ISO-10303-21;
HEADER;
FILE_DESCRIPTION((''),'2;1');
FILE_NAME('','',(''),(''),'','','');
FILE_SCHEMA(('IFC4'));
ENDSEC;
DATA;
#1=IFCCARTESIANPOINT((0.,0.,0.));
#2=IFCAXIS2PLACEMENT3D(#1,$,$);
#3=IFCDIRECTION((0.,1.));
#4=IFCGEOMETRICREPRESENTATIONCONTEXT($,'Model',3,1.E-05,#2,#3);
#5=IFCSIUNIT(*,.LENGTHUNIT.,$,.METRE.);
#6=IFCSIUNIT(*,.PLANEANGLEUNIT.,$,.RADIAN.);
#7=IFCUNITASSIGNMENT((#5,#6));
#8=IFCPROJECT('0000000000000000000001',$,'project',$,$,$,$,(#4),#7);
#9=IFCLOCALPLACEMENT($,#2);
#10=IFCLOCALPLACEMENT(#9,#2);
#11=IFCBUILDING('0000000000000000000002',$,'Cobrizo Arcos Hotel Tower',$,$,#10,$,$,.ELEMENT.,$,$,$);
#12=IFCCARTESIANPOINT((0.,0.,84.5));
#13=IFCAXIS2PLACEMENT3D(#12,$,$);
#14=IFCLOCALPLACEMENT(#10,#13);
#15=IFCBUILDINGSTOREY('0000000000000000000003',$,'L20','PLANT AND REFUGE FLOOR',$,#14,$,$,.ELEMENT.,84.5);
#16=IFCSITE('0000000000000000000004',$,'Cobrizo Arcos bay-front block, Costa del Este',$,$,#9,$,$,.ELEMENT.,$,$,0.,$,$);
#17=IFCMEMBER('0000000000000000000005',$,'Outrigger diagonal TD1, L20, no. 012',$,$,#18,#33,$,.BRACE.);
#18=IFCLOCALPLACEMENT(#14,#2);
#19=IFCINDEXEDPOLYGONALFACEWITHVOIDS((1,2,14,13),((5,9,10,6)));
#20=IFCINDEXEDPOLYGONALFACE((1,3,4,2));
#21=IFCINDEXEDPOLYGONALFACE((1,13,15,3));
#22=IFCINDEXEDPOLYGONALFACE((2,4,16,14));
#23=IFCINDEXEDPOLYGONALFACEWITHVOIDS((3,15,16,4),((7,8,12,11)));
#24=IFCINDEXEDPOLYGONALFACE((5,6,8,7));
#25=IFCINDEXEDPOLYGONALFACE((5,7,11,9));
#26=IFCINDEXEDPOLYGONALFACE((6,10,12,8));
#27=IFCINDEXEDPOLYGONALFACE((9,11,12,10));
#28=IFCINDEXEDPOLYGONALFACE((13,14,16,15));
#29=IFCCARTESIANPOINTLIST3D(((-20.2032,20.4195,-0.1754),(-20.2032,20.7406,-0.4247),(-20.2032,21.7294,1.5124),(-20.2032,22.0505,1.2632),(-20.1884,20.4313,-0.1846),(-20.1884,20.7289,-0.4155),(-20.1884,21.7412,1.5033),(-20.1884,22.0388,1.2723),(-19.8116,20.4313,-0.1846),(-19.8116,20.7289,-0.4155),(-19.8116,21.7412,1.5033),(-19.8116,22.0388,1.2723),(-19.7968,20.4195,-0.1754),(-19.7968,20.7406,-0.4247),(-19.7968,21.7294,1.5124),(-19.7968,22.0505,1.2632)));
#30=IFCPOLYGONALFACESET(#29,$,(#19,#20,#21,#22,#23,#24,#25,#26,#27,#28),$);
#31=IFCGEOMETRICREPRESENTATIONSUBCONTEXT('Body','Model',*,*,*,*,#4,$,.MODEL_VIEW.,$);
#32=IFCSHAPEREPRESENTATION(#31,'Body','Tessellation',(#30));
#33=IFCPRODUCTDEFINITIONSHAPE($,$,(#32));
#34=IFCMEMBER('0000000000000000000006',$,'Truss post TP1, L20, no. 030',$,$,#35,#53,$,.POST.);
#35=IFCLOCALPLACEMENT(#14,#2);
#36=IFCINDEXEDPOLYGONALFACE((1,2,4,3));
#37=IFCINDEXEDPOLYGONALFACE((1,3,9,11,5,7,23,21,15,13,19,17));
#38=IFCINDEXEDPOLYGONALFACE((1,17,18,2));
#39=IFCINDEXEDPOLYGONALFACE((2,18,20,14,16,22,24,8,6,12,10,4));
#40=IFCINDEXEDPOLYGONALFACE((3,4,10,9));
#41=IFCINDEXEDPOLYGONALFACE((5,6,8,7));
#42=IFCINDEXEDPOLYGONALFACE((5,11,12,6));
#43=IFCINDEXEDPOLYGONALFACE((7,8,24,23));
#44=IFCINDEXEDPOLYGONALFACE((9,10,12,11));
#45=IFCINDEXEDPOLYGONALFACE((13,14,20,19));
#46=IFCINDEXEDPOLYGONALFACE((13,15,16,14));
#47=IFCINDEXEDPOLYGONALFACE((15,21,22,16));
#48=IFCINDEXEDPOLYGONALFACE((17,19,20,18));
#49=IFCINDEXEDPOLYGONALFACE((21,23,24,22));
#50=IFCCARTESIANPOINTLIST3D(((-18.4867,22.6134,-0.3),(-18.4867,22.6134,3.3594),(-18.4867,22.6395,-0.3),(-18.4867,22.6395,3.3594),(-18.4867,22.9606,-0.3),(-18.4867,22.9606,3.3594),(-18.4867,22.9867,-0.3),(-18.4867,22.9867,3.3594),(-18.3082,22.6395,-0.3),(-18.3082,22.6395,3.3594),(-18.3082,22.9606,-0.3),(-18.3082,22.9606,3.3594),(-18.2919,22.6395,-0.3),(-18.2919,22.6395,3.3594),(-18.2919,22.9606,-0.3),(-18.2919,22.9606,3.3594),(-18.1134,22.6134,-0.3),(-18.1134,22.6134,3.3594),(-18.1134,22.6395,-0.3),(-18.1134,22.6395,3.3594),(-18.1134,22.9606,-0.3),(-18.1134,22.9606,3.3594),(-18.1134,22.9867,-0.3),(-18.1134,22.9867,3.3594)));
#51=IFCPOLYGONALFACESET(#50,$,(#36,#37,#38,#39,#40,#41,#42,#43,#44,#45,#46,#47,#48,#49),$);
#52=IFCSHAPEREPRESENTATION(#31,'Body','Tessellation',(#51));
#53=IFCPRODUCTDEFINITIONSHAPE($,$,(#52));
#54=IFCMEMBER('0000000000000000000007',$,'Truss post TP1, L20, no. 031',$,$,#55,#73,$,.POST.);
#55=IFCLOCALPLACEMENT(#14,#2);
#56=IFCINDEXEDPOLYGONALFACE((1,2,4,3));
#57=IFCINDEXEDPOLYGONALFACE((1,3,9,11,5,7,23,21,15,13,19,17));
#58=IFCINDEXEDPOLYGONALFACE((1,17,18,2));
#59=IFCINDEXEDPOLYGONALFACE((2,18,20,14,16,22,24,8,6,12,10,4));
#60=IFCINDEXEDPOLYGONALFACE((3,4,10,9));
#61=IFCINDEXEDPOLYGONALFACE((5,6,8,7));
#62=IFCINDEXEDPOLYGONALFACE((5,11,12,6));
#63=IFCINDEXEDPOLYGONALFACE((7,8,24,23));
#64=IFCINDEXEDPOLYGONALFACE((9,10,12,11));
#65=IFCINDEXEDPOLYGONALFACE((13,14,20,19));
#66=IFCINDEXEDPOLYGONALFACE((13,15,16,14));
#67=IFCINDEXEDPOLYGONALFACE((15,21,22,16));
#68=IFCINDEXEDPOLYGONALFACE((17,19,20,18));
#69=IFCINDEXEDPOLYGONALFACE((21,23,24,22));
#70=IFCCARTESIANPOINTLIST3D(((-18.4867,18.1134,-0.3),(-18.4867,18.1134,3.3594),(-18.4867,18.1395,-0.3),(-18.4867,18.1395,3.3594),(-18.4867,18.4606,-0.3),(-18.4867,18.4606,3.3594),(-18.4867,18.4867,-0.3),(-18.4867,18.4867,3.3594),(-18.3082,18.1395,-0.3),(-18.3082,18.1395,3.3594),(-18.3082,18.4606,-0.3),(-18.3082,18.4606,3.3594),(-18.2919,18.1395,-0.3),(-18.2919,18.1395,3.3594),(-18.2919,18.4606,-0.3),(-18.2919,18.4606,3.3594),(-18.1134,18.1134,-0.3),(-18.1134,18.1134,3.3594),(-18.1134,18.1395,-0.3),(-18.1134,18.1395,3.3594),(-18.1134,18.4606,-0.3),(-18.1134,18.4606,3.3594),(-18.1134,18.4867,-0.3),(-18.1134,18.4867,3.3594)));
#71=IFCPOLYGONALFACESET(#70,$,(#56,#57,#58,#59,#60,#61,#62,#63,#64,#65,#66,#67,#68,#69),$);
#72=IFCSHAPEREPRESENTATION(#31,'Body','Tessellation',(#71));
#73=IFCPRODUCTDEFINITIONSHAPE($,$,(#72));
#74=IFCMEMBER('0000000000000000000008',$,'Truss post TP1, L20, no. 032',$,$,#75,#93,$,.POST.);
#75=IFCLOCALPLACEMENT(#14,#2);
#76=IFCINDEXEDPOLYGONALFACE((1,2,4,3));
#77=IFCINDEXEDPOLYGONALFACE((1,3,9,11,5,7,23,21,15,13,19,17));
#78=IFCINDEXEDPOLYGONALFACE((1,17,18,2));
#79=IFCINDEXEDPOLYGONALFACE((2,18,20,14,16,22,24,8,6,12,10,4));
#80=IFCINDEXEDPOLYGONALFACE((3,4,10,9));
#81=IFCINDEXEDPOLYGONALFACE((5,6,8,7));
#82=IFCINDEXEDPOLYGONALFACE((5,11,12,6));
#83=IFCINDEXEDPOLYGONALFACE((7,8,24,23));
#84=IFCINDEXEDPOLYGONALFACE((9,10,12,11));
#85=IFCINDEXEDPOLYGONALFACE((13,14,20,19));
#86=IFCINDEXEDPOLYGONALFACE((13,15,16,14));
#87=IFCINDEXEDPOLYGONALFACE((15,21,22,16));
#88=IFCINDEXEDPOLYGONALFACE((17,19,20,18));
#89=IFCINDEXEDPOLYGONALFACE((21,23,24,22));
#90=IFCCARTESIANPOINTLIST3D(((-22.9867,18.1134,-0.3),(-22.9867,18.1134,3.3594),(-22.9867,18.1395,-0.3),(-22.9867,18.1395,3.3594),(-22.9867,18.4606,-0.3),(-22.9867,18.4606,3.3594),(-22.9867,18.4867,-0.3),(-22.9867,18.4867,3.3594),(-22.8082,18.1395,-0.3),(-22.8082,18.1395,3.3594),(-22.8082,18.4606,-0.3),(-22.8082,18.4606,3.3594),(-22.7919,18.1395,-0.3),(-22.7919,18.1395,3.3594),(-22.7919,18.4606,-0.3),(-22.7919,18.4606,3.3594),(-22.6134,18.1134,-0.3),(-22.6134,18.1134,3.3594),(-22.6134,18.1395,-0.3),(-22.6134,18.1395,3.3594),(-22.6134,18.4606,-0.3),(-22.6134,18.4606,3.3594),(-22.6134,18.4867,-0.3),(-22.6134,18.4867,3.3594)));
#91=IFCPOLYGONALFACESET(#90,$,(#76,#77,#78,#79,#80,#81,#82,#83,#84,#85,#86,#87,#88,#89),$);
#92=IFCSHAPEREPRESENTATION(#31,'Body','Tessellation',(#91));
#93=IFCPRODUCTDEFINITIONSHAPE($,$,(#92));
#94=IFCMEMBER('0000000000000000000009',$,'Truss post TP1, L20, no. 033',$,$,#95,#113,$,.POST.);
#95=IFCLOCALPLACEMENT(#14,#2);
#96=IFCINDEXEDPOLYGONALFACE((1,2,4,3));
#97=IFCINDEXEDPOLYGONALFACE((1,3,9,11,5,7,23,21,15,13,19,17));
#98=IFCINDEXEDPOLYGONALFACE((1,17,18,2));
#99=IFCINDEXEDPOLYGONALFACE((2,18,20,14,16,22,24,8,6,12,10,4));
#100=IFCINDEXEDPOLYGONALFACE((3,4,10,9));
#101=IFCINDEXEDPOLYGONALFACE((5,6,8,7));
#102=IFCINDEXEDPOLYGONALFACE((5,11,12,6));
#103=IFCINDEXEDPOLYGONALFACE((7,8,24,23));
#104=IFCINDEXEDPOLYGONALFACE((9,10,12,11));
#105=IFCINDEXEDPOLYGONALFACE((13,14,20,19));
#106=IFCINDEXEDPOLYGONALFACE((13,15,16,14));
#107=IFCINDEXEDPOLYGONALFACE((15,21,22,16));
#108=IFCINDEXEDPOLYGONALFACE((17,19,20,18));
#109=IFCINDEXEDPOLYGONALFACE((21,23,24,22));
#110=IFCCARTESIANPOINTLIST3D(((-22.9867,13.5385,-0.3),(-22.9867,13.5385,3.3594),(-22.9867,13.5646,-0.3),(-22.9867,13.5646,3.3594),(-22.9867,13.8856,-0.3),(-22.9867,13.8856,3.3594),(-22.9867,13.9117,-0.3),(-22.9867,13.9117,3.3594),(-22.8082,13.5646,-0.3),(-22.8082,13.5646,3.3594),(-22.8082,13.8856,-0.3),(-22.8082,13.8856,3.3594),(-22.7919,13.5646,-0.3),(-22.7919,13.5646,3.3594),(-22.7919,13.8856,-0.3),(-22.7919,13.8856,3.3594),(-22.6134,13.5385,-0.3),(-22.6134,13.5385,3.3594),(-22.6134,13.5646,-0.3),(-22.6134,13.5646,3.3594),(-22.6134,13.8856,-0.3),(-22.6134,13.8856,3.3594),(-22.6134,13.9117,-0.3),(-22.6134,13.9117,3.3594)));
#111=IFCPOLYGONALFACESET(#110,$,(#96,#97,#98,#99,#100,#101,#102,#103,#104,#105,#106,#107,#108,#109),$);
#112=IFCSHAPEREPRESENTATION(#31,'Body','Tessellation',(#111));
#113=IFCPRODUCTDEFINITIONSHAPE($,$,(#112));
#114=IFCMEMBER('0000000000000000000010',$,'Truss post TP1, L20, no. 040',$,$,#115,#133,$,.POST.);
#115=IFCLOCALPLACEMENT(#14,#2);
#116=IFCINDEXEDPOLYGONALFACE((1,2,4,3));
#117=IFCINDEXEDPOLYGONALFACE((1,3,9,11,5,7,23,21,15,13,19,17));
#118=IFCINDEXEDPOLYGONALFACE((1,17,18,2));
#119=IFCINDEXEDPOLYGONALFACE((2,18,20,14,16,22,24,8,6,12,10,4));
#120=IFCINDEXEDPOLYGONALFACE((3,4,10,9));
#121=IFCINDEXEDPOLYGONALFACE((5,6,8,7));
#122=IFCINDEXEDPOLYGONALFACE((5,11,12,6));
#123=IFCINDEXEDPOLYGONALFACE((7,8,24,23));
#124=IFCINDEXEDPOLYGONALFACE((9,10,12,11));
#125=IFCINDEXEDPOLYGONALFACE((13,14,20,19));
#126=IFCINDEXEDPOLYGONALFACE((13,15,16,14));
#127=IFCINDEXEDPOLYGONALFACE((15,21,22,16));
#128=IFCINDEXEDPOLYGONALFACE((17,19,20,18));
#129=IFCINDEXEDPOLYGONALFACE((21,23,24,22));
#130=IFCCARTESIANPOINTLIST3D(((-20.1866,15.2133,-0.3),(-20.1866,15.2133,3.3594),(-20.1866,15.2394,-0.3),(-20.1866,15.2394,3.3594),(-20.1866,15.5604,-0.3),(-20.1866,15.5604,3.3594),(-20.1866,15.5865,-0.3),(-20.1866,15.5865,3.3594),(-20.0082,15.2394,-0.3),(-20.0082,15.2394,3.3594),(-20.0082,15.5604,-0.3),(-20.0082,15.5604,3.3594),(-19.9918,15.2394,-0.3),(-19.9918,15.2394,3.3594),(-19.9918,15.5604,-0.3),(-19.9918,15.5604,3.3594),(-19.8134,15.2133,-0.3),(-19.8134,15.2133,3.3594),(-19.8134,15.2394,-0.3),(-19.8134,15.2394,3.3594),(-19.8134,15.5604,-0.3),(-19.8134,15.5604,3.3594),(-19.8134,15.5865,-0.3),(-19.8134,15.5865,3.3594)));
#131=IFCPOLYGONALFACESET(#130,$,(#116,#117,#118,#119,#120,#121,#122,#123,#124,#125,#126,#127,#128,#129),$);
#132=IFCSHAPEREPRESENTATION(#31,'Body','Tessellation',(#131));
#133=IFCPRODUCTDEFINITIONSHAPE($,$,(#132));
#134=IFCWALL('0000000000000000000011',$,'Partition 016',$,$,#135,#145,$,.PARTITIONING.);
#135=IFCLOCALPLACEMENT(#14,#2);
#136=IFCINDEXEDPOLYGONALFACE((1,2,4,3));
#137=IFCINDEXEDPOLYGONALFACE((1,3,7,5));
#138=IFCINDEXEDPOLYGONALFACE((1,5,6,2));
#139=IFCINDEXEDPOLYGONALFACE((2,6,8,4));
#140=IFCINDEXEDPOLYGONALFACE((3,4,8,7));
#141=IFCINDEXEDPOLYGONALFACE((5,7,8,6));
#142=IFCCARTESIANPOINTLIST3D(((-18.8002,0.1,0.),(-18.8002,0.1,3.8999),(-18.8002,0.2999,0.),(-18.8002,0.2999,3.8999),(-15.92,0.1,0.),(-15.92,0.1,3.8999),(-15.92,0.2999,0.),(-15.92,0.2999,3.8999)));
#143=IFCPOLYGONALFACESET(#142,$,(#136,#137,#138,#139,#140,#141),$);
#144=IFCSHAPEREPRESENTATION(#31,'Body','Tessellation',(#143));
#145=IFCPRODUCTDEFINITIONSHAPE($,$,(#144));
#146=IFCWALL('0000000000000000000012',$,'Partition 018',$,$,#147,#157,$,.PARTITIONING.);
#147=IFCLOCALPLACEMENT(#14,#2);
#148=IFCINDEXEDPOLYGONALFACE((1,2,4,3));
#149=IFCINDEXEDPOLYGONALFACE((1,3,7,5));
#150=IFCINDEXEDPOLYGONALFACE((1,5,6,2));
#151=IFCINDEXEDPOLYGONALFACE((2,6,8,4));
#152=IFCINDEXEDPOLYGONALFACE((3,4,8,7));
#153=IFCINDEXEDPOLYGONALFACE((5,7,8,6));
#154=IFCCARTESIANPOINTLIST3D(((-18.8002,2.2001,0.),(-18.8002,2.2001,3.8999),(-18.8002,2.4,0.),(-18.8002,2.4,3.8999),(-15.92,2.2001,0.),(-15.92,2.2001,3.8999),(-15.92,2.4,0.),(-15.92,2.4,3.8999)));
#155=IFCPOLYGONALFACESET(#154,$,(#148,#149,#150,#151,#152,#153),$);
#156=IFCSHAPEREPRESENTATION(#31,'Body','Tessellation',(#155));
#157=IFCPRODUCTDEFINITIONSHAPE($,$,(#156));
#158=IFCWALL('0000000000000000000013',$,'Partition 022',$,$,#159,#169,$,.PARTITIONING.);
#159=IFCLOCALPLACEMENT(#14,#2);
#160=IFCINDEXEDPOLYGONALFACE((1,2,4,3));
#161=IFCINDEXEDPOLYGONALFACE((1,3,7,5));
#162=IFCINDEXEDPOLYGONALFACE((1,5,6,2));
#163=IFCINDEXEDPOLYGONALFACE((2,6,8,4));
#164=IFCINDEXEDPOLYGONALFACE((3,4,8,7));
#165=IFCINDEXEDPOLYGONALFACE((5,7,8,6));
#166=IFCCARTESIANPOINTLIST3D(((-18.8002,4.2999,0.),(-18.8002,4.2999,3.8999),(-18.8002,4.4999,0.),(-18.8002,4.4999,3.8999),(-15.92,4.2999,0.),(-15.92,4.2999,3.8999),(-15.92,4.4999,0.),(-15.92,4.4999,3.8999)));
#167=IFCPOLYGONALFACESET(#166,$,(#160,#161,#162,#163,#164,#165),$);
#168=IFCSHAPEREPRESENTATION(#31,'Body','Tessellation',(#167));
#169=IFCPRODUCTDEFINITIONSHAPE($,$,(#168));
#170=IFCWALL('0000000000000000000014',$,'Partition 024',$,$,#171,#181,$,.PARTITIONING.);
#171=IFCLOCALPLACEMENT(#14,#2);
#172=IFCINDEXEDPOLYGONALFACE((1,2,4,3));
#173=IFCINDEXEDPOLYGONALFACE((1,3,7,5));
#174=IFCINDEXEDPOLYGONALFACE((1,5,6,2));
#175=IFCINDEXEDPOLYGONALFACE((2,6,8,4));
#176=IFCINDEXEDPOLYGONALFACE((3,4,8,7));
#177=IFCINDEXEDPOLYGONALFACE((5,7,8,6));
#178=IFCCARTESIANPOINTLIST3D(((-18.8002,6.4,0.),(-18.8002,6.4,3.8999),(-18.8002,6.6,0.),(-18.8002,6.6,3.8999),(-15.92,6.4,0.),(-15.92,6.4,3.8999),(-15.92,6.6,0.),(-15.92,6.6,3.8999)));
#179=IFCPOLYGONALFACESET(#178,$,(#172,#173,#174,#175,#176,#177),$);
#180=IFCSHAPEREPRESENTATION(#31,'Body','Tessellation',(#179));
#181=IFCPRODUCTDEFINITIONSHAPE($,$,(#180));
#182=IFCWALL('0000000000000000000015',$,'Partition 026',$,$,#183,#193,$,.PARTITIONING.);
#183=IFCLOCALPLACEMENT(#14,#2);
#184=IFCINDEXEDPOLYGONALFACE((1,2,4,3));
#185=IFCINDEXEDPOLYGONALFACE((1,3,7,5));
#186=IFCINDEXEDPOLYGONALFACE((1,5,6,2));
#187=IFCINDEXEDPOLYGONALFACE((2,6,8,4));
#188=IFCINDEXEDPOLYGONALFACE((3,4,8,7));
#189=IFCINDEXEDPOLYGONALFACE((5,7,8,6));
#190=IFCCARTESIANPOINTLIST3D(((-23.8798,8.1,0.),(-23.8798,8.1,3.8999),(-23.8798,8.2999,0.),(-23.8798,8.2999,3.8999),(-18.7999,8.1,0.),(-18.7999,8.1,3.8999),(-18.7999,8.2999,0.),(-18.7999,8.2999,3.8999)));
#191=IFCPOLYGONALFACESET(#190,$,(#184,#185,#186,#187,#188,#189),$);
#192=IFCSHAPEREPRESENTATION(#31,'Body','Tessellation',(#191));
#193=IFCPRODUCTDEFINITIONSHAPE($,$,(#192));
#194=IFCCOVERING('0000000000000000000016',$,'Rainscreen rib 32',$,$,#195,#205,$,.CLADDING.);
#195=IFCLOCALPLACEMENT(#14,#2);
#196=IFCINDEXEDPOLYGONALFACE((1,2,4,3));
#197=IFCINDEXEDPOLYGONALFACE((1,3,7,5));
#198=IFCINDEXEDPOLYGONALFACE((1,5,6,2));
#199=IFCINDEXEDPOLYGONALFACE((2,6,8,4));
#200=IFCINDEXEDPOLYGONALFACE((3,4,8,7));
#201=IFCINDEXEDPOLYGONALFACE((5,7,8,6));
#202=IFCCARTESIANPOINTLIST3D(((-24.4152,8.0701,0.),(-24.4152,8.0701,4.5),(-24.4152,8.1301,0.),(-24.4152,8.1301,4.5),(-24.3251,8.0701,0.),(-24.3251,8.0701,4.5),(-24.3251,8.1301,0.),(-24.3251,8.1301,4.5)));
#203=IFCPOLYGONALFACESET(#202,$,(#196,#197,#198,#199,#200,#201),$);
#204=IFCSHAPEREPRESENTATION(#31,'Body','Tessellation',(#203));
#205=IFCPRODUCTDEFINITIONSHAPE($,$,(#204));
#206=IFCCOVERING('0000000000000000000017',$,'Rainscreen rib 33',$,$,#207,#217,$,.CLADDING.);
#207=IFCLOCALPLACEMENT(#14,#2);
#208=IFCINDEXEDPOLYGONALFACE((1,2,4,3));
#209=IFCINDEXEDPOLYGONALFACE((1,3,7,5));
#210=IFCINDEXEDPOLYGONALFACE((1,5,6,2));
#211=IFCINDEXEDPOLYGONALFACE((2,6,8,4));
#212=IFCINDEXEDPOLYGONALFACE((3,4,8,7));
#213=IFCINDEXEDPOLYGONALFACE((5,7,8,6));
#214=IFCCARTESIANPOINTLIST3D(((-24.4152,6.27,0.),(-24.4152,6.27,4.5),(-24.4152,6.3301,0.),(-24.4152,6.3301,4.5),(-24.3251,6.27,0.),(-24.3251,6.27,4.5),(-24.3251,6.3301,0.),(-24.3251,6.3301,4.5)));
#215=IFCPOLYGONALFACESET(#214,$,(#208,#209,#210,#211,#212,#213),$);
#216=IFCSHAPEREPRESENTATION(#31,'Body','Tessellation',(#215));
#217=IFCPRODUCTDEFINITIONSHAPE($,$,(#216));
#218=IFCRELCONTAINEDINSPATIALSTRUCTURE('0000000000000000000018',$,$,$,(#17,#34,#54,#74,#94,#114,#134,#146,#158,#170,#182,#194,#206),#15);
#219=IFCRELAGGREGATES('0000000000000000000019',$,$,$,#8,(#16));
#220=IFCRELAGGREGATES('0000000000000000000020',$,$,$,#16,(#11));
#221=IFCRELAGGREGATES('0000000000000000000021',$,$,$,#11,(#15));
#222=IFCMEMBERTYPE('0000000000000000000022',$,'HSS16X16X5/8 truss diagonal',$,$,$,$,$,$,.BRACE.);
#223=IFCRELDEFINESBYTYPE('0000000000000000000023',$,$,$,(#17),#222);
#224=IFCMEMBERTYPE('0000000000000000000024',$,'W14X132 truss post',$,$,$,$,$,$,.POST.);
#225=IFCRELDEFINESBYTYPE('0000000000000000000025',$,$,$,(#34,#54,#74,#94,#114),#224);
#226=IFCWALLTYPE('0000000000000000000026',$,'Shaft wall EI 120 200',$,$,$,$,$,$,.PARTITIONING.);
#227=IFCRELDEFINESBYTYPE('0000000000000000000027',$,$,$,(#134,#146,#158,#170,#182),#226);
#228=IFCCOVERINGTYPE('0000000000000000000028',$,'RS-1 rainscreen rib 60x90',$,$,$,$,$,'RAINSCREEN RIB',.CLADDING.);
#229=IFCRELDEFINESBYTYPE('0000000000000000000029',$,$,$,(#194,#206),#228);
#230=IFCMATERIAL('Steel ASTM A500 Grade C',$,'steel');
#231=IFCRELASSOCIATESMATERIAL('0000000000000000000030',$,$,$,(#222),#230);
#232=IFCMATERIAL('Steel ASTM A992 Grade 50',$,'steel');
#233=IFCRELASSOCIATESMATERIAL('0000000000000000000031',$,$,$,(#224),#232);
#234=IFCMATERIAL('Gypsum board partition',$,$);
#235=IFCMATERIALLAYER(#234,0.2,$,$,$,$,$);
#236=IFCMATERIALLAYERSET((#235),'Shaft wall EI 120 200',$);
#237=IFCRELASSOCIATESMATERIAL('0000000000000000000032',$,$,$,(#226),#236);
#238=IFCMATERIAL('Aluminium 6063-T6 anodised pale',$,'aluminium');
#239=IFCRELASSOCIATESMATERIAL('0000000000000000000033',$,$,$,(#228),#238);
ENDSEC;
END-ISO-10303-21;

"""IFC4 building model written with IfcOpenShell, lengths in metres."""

from ifc_helpers import new_model, si_unit, direction, frame, frame_2d, origin, origin_2d, place, context, subcontext, project, spatial, rectangle, hollow_rectangle, i_section, extrude, material, layer, layer_set, material_profile, profile_set, type_object, element, save


model = new_model("IFC4")

# Units and contexts
model_context = context("Model", 3, precision=1e-05, world=origin(), true_north=direction((0.0, 1.0)))
body_context = subcontext(model_context, "Body", "Model", "MODEL_VIEW")
ifc_project = project(units=[si_unit("LENGTHUNIT", "METRE"), si_unit("PLANEANGLEUNIT", "RADIAN")], contexts=[model_context])

# Site, building, storey
site_placement = place(None, origin())
site = spatial("IfcSite", under=ifc_project, at=site_placement, Name="Cobrizo Arcos bay-front block, Costa del Este", CompositionType="ELEMENT", RefElevation=0.0)
building_placement = place(site_placement, origin())
building = spatial("IfcBuilding", under=site, at=building_placement, Name="Cobrizo Arcos Hotel Tower", CompositionType="ELEMENT")
storey_placement = place(building_placement, frame((0.0, 0.0, 84.5)))
storey = spatial("IfcBuildingStorey", under=building, at=storey_placement, Name="L20", Description="PLANT AND REFUGE FLOOR", CompositionType="ELEMENT", Elevation=84.5)

# Members
ifc_material_1 = material(Name="Steel ASTM A500 Grade C", Category="steel")
ifc_material_profile_1 = material_profile(ifc_material_1, hollow_rectangle(XDim=0.4065, YDim=0.4065, WallThickness=0.0149, at=origin_2d()), Name="HSS16X16X5/8")
ifc_profile_set_1 = profile_set([ifc_material_profile_1], Name="Steel ASTM A500 Grade C")
member_type_1 = type_object("IfcMemberType", Name="HSS16X16X5/8 truss diagonal", PredefinedType="BRACE", material=ifc_profile_set_1)
member_1_placement = place(storey_placement, frame((-20.0, 20.5801, -0.3), z_axis=(0.0, 0.613102, 0.790004), x_axis=(-1.0, 0.0, 0.0)))
element("IfcMember", 1, at=member_1_placement, inside=storey, type_object=member_type_1, Name="Outrigger diagonal TD1, L20, no. 012", PredefinedType="BRACE", context=body_context, shape_type="SweptSolid", body=[
    extrude(hollow_rectangle(XDim=0.4065, YDim=0.4065, WallThickness=0.0149, at=origin_2d()), origin(), (0.0, 0.0, 1.0), 2.1365),
])
ifc_material_2 = material(Name="Steel ASTM A992 Grade 50", Category="steel")
ifc_material_profile_2 = material_profile(ifc_material_2, i_section(OverallWidth=0.3733, OverallDepth=0.3733, WebThickness=0.0164, FlangeThickness=0.0261, at=origin_2d()), Name="W14X132")
ifc_profile_set_2 = profile_set([ifc_material_profile_2], Name="Steel ASTM A992 Grade 50")
member_type_2 = type_object("IfcMemberType", Name="W14X132 truss post", PredefinedType="POST", material=ifc_profile_set_2)
for number, where, z_axis, x_axis, name in (
    (2, (-18.3, 22.8, -0.3), (0.0, 0.0, 1.0), (1.0, 0.0, 0.0), "Truss post TP1, L20, no. 030"),
    (3, (-18.3, 18.3, -0.3), (0.0, 0.0, 1.0), (1.0, 0.0, 0.0), "Truss post TP1, L20, no. 031"),
    (4, (-22.8, 18.3, -0.3), (0.0, 0.0, 1.0), (1.0, 0.0, 0.0), "Truss post TP1, L20, no. 032"),
    (5, (-22.8, 13.7251, -0.3), (0.0, 0.0, 1.0), (1.0, 0.0, 0.0), "Truss post TP1, L20, no. 033"),
    (6, (-20.0, 15.3999, -0.3), (0.0, 0.0, 1.0), (1.0, 0.0, 0.0), "Truss post TP1, L20, no. 040"),
):
    element("IfcMember", number, at=place(storey_placement, frame(where, z_axis=z_axis, x_axis=x_axis)), inside=storey, type_object=member_type_2, Name=name, PredefinedType="POST", context=body_context, shape_type="SweptSolid", body=[
        extrude(i_section(OverallWidth=0.3733, OverallDepth=0.3733, WebThickness=0.0164, FlangeThickness=0.0261, at=origin_2d()), origin(), (0.0, 0.0, 1.0), 3.6594),
    ])

# Walls
ifc_material_3 = material(Name="Gypsum board partition")
ifc_layer = layer(ifc_material_3, 0.2)
ifc_layer_set = layer_set([ifc_layer], Name="Shaft wall EI 120 200")
wall_type = type_object("IfcWallType", Name="Shaft wall EI 120 200", PredefinedType="PARTITIONING", material=ifc_layer_set)
for number, where, z_axis, x_axis, name in (
    (7, (-18.8, 0.2, 0.0), (0.0, 0.0, 1.0), (1.0, 0.0, 0.0), "Partition 016"),
    (8, (-18.8, 2.3, 0.0), (0.0, 0.0, 1.0), (1.0, 0.0, 0.0), "Partition 018"),
    (9, (-18.8, 4.3999, 0.0), (0.0, 0.0, 1.0), (1.0, 0.0, 0.0), "Partition 022"),
    (10, (-18.8, 6.5, 0.0), (0.0, 0.0, 1.0), (1.0, 0.0, 0.0), "Partition 024"),
):
    element("IfcWall", number, at=place(storey_placement, frame(where, z_axis=z_axis, x_axis=x_axis)), inside=storey, type_object=wall_type, Name=name, PredefinedType="PARTITIONING", context=body_context, shape_type="SweptSolid", body=[
        extrude(rectangle(XDim=2.8801, YDim=0.2, at=frame_2d((1.4399, 0.0))), origin(), (0.0, 0.0, 1.0), 3.8999),
    ])
wall_placement = place(storey_placement, frame((-23.8799, 8.2, 0.0), z_axis=(0.0, 0.0, 1.0), x_axis=(1.0, 0.0, 0.0)))
element("IfcWall", 11, at=wall_placement, inside=storey, type_object=wall_type, Name="Partition 026", PredefinedType="PARTITIONING", context=body_context, shape_type="SweptSolid", body=[
    extrude(rectangle(XDim=5.0798, YDim=0.2, at=frame_2d((2.54, 0.0))), origin(), (0.0, 0.0, 1.0), 3.8999),
])

# Coverings
ifc_material_4 = material(Name="Aluminium 6063-T6 anodised pale", Category="aluminium")
covering_type = type_object("IfcCoveringType", Name="RS-1 rainscreen rib 60x90", ElementType="RAINSCREEN RIB", PredefinedType="CLADDING", material=ifc_material_4)
for number, where, z_axis, x_axis, name in (
    (12, (-24.3701, 8.1001, 0.0), (0.0, 0.0, 1.0), (0.0, -1.0, 0.0), "Rainscreen rib 32"),
    (13, (-24.3701, 6.3, 0.0), (0.0, 0.0, 1.0), (0.0, -1.0, 0.0), "Rainscreen rib 33"),
):
    element("IfcCovering", number, at=place(storey_placement, frame(where, z_axis=z_axis, x_axis=x_axis)), inside=storey, type_object=covering_type, Name=name, PredefinedType="CLADDING", context=body_context, shape_type="SweptSolid", body=[
        extrude(rectangle(XDim=0.0601, YDim=0.0901, at=origin_2d()), origin(), (0.0, 0.0, 1.0), 4.5),
    ])

save(model, "model.ifc")
